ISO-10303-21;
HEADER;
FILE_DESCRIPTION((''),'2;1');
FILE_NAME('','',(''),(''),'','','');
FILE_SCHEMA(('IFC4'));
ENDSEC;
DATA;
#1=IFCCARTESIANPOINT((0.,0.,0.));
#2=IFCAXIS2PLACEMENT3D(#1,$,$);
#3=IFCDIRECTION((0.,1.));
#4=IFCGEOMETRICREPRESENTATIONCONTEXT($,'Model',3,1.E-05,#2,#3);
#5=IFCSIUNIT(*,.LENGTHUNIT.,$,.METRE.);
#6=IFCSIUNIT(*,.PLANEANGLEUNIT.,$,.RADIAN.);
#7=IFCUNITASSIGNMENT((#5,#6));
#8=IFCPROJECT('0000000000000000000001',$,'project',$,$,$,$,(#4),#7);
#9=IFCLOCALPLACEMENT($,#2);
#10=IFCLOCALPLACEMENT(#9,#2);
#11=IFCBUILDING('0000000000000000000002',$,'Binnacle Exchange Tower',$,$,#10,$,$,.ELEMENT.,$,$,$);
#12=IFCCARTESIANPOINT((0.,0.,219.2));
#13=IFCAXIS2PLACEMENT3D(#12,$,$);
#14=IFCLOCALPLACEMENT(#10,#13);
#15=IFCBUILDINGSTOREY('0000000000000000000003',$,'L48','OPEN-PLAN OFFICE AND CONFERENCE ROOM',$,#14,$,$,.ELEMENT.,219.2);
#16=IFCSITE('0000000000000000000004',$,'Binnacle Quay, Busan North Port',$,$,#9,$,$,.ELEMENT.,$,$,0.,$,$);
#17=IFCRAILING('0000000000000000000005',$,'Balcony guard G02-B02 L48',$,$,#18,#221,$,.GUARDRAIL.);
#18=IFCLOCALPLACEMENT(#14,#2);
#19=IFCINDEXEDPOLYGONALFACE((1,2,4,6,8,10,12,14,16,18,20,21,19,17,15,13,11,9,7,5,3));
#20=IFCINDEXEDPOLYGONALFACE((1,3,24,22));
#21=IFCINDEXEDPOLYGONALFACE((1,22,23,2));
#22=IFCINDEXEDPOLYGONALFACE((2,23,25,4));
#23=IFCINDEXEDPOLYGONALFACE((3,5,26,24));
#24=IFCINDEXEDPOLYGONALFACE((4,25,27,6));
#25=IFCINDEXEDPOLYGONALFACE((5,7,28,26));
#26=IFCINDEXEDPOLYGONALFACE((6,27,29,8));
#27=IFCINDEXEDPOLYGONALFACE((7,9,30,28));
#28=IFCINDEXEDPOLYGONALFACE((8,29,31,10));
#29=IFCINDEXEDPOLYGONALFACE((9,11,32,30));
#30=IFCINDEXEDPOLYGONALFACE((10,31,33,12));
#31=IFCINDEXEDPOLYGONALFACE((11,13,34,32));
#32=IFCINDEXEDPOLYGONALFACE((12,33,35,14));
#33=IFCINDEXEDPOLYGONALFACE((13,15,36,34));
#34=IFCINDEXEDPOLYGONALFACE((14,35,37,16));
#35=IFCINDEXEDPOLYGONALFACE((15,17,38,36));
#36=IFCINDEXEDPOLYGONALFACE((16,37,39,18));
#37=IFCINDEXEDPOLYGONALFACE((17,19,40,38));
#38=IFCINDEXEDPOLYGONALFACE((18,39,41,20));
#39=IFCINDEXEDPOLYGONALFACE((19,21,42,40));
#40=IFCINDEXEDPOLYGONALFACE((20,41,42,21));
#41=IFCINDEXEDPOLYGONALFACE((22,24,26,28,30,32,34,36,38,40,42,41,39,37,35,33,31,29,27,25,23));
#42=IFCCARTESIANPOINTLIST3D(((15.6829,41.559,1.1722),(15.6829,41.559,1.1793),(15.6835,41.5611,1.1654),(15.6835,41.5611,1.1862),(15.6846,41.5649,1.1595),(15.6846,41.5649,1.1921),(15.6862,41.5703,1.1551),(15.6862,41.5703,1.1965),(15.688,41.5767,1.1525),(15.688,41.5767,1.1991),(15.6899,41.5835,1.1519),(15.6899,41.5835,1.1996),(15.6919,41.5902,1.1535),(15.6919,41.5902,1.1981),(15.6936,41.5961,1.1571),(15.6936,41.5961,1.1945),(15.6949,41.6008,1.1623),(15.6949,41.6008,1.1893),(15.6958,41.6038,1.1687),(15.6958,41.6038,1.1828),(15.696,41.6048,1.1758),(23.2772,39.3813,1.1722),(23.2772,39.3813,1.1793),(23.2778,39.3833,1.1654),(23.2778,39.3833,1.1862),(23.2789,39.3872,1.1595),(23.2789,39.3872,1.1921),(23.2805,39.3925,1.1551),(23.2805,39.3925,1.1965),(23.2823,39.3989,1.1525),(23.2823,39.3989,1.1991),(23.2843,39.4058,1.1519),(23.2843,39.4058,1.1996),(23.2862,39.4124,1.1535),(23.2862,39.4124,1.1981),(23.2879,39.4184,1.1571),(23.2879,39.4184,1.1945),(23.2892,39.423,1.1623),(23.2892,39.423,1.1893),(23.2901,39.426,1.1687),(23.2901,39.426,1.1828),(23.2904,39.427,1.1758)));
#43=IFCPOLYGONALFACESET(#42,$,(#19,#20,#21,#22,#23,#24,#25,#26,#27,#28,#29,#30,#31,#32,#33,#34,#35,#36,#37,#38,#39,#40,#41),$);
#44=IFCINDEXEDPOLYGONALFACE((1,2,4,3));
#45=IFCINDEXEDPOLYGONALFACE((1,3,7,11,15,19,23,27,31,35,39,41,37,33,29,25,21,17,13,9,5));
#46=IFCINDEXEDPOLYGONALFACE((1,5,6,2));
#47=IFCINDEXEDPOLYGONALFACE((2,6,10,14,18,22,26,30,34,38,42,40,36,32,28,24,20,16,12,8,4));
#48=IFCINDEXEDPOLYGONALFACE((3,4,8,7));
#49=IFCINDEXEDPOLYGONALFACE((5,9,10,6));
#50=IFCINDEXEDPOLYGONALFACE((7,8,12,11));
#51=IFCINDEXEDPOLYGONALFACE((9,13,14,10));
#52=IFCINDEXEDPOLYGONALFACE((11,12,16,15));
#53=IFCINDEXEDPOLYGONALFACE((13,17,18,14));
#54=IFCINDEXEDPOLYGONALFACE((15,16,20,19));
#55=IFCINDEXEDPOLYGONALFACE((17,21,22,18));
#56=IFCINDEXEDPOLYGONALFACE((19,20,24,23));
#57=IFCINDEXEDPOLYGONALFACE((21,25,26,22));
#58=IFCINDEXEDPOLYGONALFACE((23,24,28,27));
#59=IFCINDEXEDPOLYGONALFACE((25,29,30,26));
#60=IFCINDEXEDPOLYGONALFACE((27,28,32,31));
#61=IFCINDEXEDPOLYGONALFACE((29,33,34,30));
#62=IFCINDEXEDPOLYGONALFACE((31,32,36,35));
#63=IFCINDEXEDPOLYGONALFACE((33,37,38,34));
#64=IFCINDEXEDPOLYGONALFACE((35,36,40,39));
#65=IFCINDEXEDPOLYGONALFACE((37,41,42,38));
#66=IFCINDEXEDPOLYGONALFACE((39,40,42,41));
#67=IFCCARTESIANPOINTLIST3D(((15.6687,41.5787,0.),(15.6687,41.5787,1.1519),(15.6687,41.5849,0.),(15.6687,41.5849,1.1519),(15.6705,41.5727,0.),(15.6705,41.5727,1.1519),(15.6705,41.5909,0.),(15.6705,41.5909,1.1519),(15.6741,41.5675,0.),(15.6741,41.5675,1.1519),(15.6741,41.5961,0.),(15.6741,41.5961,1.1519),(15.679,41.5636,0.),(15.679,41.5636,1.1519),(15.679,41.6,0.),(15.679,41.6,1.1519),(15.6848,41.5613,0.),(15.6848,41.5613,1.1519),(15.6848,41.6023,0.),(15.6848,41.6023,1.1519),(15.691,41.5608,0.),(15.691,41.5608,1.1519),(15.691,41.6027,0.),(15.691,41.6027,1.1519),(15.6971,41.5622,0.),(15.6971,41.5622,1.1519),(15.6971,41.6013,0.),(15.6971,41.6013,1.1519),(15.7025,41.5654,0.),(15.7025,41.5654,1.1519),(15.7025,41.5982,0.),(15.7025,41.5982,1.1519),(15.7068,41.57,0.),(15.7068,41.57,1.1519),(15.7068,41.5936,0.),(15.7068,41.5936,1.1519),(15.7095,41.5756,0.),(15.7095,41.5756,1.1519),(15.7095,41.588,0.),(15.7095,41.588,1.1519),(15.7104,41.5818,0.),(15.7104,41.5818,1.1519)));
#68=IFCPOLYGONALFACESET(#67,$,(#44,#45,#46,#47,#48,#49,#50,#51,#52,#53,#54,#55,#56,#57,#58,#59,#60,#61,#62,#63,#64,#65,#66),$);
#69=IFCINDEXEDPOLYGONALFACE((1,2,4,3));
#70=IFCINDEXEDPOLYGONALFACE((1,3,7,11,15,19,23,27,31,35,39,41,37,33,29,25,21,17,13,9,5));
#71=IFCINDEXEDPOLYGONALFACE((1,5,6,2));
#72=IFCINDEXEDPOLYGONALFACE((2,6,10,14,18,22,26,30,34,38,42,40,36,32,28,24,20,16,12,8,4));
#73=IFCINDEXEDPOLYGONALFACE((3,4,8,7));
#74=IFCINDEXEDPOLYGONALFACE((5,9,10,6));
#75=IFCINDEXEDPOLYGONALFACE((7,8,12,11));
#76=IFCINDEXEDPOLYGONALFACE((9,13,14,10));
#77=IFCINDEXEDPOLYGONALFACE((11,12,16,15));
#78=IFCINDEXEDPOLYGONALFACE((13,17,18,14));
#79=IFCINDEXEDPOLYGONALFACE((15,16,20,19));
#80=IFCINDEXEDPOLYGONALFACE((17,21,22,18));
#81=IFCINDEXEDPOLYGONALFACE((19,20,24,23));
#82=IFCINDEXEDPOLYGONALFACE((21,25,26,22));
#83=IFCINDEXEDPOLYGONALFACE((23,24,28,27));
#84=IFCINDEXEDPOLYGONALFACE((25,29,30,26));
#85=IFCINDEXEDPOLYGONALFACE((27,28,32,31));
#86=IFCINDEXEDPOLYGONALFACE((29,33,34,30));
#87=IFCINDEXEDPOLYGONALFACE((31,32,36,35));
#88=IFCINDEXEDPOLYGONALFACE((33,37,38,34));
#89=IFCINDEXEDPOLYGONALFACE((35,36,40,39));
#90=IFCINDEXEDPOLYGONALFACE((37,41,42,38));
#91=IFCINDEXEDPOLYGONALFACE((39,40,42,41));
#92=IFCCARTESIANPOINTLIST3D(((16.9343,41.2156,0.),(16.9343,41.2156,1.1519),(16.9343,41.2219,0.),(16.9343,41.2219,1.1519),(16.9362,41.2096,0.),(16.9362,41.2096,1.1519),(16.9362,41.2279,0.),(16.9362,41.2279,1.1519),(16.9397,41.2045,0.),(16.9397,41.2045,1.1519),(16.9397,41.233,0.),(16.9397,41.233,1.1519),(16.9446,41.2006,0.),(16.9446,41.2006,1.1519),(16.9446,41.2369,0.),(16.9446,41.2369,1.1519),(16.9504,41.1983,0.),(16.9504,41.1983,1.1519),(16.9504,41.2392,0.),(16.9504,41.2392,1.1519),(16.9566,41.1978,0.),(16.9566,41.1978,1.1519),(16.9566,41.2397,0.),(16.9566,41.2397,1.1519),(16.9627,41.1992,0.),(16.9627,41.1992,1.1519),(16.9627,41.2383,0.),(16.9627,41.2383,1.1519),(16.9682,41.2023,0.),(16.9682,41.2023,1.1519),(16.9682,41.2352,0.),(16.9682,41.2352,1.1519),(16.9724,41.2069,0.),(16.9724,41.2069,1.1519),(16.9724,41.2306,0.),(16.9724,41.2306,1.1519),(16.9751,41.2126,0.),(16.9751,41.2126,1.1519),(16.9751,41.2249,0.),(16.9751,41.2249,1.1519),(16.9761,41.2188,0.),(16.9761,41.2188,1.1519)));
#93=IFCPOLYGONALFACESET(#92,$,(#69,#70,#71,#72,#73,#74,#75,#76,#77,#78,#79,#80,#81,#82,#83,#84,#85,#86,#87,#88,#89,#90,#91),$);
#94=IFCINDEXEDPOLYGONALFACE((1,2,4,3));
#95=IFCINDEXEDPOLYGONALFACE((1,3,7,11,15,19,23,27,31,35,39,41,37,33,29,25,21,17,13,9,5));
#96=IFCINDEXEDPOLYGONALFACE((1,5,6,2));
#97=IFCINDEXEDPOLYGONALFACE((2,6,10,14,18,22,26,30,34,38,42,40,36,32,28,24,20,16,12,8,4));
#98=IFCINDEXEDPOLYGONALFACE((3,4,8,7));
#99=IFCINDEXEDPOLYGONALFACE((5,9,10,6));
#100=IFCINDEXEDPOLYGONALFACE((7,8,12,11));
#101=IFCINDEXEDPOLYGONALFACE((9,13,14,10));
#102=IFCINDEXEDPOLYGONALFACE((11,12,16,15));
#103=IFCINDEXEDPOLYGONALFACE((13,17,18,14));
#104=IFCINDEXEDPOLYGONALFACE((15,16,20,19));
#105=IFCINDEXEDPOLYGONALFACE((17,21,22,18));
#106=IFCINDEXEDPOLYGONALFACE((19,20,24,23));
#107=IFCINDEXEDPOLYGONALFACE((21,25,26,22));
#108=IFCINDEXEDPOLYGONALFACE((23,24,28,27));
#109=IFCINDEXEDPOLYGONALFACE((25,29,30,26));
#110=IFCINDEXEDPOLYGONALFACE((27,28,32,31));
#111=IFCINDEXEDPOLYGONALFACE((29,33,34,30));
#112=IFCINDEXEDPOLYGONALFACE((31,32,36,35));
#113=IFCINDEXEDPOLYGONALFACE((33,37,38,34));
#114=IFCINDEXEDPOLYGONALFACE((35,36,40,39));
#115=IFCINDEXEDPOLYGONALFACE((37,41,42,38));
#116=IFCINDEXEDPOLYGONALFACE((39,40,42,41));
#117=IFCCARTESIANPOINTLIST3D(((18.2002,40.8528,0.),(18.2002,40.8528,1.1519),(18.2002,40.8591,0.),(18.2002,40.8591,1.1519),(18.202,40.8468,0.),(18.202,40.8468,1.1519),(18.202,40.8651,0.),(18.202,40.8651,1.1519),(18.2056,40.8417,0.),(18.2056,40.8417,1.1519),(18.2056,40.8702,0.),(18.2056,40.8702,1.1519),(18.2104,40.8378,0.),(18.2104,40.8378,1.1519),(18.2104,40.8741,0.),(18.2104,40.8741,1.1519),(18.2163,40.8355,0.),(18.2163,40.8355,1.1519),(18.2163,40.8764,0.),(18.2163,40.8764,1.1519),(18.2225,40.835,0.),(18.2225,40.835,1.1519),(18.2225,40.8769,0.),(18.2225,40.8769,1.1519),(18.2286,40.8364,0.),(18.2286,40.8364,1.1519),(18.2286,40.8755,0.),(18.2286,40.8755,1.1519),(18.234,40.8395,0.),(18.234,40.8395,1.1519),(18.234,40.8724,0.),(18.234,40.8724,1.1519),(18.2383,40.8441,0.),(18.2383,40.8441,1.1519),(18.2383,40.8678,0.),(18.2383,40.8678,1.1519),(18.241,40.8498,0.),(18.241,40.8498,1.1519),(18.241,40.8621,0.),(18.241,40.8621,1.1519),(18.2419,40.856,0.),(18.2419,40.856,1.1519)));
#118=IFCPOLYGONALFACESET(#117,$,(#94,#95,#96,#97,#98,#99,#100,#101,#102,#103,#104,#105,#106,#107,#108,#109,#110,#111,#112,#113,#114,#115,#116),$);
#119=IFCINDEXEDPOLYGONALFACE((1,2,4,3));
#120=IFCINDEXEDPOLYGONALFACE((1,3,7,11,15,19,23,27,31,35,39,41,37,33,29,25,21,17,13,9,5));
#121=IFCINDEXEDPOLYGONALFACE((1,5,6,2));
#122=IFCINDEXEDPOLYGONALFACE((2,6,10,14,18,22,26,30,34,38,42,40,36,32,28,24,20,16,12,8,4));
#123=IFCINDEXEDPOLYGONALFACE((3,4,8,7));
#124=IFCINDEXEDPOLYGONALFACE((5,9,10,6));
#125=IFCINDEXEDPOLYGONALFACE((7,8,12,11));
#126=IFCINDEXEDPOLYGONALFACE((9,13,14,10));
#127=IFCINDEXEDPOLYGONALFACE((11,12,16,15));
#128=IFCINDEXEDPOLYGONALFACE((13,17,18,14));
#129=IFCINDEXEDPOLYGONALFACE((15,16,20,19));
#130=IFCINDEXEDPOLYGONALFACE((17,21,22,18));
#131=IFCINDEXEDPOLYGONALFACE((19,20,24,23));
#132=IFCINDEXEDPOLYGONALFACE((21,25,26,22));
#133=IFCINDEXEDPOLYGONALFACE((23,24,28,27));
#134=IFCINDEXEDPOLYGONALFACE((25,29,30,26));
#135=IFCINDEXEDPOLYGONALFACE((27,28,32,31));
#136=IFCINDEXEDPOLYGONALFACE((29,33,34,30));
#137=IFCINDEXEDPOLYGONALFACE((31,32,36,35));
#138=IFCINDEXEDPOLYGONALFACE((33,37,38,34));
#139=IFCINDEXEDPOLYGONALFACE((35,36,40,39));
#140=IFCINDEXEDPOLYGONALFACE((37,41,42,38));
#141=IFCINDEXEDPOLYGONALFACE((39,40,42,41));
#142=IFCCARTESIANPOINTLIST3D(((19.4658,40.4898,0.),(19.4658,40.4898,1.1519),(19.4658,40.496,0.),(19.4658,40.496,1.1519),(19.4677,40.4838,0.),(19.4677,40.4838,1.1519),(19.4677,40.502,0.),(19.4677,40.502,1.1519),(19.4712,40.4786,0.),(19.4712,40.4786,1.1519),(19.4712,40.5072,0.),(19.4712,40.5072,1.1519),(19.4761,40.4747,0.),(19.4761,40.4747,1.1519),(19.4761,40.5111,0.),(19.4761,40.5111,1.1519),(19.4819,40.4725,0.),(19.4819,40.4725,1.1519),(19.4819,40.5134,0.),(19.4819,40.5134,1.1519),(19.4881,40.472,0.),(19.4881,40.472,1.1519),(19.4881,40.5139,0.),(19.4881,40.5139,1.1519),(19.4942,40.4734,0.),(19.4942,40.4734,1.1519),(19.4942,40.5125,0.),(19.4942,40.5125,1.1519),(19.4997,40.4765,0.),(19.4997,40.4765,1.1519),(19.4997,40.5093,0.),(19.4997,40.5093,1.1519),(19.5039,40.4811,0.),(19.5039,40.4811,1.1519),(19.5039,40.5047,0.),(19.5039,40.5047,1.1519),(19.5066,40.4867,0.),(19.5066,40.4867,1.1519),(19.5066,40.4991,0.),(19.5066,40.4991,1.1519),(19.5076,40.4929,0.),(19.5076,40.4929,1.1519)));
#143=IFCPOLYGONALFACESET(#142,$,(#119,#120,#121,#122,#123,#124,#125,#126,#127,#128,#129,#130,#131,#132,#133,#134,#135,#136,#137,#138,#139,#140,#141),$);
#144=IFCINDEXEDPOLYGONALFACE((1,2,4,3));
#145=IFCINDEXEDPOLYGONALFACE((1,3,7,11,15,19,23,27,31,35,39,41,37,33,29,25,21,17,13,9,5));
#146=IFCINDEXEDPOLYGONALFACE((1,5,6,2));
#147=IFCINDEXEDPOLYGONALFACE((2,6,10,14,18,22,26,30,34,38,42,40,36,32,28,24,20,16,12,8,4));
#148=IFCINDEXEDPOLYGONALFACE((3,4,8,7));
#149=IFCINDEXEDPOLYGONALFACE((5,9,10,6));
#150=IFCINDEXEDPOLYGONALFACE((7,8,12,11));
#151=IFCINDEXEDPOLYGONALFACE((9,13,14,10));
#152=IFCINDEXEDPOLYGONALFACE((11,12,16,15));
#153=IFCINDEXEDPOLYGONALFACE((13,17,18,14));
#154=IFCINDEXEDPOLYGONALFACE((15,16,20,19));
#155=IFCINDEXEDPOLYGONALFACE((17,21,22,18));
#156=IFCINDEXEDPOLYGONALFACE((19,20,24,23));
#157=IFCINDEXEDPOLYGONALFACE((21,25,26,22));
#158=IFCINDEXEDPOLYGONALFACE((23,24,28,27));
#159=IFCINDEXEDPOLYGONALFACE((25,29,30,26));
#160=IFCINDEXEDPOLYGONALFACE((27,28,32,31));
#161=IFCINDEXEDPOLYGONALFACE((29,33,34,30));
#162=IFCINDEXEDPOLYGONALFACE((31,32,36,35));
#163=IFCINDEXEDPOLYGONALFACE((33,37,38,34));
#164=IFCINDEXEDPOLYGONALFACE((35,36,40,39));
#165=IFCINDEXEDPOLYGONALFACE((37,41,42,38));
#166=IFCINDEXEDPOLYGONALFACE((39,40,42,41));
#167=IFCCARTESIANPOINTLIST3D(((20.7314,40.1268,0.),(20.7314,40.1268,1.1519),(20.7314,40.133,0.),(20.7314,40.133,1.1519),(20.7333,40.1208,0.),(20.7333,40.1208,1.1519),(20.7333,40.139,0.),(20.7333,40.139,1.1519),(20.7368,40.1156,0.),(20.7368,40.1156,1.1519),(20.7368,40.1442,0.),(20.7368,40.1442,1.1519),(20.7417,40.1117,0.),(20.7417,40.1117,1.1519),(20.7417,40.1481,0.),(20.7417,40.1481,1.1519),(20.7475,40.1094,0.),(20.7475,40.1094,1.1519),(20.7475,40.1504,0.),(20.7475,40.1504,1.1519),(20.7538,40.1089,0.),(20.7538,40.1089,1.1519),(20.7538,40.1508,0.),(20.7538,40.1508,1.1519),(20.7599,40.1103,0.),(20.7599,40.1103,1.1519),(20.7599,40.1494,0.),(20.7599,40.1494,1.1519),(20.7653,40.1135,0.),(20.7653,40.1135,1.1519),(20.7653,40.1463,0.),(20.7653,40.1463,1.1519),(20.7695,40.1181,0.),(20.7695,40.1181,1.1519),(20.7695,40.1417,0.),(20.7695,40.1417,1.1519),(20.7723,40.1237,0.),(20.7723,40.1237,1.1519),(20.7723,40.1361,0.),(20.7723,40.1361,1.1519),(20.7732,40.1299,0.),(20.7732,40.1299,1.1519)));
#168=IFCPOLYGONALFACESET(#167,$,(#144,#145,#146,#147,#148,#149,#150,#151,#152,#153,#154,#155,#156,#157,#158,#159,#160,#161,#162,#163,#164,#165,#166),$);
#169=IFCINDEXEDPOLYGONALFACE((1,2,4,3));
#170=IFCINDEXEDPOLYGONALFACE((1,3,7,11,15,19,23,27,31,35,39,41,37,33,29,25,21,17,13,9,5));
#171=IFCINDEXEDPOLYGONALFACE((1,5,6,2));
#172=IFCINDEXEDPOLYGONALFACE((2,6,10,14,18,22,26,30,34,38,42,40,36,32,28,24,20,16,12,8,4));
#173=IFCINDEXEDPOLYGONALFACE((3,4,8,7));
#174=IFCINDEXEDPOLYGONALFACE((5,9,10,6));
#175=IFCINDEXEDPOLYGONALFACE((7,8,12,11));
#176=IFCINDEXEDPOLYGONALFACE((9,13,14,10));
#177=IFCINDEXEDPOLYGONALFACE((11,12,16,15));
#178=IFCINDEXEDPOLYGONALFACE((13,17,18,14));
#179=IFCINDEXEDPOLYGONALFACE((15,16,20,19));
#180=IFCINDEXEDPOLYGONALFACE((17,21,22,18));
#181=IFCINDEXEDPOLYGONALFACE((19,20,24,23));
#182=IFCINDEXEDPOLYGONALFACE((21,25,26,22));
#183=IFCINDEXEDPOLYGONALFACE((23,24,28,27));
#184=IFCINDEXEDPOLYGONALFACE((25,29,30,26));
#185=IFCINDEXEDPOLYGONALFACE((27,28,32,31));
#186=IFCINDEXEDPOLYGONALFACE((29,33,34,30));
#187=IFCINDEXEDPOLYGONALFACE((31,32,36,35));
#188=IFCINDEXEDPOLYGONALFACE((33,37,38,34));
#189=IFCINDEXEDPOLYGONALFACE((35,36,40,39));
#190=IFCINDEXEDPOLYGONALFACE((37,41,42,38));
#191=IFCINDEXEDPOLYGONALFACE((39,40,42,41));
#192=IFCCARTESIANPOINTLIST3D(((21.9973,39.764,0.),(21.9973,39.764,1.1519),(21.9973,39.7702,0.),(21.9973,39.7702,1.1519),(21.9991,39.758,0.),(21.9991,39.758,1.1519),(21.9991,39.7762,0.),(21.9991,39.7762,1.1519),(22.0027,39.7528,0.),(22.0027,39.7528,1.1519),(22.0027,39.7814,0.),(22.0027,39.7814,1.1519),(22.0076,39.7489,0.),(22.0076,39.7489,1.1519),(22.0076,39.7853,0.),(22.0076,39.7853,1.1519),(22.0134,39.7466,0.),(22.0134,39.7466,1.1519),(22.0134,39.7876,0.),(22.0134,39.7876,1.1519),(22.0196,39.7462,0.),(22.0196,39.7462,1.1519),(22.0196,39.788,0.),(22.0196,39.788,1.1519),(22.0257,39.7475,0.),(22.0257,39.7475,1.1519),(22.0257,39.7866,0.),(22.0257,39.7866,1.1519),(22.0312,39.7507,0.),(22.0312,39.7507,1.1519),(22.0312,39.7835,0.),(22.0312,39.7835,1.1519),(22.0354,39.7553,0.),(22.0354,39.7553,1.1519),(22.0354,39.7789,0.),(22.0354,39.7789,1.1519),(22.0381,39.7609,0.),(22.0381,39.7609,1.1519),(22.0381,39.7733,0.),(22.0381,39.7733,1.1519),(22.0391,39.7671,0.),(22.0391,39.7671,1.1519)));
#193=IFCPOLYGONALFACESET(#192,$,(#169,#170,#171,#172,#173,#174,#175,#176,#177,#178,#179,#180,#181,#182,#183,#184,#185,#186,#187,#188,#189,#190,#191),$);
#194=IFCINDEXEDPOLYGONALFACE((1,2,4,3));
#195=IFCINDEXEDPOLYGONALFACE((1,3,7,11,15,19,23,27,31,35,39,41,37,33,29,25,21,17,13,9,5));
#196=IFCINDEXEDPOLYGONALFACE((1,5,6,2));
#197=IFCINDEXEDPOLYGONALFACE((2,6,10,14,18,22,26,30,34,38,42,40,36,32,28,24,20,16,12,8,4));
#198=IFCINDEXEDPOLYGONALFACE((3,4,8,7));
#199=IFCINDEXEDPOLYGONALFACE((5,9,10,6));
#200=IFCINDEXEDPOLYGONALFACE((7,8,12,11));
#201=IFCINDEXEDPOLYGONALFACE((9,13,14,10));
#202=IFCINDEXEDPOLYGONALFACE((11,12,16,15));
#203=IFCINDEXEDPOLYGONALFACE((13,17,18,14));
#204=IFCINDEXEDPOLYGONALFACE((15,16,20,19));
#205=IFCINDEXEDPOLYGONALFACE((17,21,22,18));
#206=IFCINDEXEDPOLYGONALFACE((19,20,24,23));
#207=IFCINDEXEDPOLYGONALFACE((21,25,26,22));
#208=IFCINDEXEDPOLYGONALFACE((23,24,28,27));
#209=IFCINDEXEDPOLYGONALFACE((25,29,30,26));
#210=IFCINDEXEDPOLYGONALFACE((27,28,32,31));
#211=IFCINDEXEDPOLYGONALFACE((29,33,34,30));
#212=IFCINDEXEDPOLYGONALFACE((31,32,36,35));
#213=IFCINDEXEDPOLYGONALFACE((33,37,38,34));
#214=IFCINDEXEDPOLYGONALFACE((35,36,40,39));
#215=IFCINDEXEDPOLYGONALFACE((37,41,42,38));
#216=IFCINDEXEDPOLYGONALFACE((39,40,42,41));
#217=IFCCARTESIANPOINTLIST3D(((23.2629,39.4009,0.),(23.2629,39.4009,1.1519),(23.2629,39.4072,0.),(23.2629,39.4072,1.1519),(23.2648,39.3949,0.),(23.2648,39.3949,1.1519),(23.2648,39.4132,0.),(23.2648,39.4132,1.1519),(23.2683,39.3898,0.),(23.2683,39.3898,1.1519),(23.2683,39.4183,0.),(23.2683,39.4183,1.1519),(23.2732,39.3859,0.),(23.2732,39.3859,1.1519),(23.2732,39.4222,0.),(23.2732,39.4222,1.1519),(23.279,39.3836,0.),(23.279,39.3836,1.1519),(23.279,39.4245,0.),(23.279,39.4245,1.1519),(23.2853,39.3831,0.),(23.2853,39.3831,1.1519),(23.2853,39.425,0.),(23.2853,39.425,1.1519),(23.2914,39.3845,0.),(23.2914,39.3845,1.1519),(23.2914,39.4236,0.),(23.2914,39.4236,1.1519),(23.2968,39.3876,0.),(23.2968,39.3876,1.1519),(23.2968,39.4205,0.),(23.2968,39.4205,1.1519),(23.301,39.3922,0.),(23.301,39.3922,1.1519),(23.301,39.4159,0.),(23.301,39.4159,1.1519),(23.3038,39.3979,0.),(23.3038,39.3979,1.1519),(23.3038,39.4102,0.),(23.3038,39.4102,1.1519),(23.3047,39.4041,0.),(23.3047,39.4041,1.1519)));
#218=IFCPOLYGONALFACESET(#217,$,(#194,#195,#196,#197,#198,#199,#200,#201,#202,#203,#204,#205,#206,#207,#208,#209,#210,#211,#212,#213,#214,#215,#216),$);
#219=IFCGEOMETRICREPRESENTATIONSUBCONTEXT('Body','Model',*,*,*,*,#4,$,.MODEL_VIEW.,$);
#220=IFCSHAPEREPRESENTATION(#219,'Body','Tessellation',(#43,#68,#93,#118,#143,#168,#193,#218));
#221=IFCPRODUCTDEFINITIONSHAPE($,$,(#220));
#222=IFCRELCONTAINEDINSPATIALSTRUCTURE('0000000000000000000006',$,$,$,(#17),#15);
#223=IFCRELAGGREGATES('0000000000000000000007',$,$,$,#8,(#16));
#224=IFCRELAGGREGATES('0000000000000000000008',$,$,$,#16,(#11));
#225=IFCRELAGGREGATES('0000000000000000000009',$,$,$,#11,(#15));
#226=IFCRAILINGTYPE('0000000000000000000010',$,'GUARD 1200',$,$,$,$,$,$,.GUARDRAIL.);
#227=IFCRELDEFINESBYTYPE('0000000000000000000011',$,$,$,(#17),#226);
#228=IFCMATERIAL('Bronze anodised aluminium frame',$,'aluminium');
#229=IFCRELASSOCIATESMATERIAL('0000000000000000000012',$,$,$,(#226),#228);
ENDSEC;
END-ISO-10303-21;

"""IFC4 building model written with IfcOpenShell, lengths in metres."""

from ifc_helpers import new_model, si_unit, direction, frame, origin, origin_2d, place, context, subcontext, project, spatial, circle, extrude, material, type_object, element, save


model = new_model("IFC4")

# Units and contexts
model_context = context("Model", 3, precision=1e-05, world=origin(), true_north=direction((0.0, 1.0)))
body_context = subcontext(model_context, "Body", "Model", "MODEL_VIEW")
ifc_project = project(units=[si_unit("LENGTHUNIT", "METRE"), si_unit("PLANEANGLEUNIT", "RADIAN")], contexts=[model_context])

# Site, building, storey
site_placement = place(None, origin())
site = spatial("IfcSite", under=ifc_project, at=site_placement, Name="Binnacle Quay, Busan North Port", CompositionType="ELEMENT", RefElevation=0.0)
building_placement = place(site_placement, origin())
building = spatial("IfcBuilding", under=site, at=building_placement, Name="Binnacle Exchange Tower", CompositionType="ELEMENT")
storey_placement = place(building_placement, frame((0.0, 0.0, 219.2)))
storey = spatial("IfcBuildingStorey", under=building, at=storey_placement, Name="L48", Description="OPEN-PLAN OFFICE AND CONFERENCE ROOM", CompositionType="ELEMENT", Elevation=219.2)

# Shared definitions
ifc_material_1 = material(Name="Bronze anodised aluminium frame", Category="aluminium")

# Railing
railing_type = type_object("IfcRailingType", Name="GUARD 1200", PredefinedType="GUARDRAIL", material=ifc_material_1)
railing_1_placement = place(storey_placement, frame((15.6895, 41.5818, 0.0)))
element("IfcRailing", 1, at=railing_1_placement, inside=storey, type_object=railing_type, Name="Balcony guard G02-B02 L48", PredefinedType="GUARDRAIL", context=body_context, shape_type="SweptSolid", body=[
    extrude(circle(Radius=0.0239, at=origin_2d()), frame((0.0, 0.0, 1.1758), z_axis=(0.961258, -0.275652, 0.0), x_axis=(0.275652, 0.961258, 0.0)), (0.0, 0.0, 1.0), 7.9004),
    extrude(circle(Radius=0.021, at=origin_2d()), origin(), (0.0, 0.0, 1.0), 1.1519),
    extrude(circle(Radius=0.021, at=origin_2d()), frame((1.2656, -0.363, 0.0)), (0.0, 0.0, 1.0), 1.1519),
    extrude(circle(Radius=0.021, at=origin_2d()), frame((2.5315, -0.7258, 0.0)), (0.0, 0.0, 1.0), 1.1519),
    extrude(circle(Radius=0.021, at=origin_2d()), frame((3.7971, -1.0889, 0.0)), (0.0, 0.0, 1.0), 1.1519),
    extrude(circle(Radius=0.021, at=origin_2d()), frame((5.0627, -1.4519, 0.0)), (0.0, 0.0, 1.0), 1.1519),
    extrude(circle(Radius=0.021, at=origin_2d()), frame((6.3286, -1.8147, 0.0)), (0.0, 0.0, 1.0), 1.1519),
    extrude(circle(Radius=0.021, at=origin_2d()), frame((7.5942, -2.1777, 0.0)), (0.0, 0.0, 1.0), 1.1519),
])

save(model, "model.ifc")
